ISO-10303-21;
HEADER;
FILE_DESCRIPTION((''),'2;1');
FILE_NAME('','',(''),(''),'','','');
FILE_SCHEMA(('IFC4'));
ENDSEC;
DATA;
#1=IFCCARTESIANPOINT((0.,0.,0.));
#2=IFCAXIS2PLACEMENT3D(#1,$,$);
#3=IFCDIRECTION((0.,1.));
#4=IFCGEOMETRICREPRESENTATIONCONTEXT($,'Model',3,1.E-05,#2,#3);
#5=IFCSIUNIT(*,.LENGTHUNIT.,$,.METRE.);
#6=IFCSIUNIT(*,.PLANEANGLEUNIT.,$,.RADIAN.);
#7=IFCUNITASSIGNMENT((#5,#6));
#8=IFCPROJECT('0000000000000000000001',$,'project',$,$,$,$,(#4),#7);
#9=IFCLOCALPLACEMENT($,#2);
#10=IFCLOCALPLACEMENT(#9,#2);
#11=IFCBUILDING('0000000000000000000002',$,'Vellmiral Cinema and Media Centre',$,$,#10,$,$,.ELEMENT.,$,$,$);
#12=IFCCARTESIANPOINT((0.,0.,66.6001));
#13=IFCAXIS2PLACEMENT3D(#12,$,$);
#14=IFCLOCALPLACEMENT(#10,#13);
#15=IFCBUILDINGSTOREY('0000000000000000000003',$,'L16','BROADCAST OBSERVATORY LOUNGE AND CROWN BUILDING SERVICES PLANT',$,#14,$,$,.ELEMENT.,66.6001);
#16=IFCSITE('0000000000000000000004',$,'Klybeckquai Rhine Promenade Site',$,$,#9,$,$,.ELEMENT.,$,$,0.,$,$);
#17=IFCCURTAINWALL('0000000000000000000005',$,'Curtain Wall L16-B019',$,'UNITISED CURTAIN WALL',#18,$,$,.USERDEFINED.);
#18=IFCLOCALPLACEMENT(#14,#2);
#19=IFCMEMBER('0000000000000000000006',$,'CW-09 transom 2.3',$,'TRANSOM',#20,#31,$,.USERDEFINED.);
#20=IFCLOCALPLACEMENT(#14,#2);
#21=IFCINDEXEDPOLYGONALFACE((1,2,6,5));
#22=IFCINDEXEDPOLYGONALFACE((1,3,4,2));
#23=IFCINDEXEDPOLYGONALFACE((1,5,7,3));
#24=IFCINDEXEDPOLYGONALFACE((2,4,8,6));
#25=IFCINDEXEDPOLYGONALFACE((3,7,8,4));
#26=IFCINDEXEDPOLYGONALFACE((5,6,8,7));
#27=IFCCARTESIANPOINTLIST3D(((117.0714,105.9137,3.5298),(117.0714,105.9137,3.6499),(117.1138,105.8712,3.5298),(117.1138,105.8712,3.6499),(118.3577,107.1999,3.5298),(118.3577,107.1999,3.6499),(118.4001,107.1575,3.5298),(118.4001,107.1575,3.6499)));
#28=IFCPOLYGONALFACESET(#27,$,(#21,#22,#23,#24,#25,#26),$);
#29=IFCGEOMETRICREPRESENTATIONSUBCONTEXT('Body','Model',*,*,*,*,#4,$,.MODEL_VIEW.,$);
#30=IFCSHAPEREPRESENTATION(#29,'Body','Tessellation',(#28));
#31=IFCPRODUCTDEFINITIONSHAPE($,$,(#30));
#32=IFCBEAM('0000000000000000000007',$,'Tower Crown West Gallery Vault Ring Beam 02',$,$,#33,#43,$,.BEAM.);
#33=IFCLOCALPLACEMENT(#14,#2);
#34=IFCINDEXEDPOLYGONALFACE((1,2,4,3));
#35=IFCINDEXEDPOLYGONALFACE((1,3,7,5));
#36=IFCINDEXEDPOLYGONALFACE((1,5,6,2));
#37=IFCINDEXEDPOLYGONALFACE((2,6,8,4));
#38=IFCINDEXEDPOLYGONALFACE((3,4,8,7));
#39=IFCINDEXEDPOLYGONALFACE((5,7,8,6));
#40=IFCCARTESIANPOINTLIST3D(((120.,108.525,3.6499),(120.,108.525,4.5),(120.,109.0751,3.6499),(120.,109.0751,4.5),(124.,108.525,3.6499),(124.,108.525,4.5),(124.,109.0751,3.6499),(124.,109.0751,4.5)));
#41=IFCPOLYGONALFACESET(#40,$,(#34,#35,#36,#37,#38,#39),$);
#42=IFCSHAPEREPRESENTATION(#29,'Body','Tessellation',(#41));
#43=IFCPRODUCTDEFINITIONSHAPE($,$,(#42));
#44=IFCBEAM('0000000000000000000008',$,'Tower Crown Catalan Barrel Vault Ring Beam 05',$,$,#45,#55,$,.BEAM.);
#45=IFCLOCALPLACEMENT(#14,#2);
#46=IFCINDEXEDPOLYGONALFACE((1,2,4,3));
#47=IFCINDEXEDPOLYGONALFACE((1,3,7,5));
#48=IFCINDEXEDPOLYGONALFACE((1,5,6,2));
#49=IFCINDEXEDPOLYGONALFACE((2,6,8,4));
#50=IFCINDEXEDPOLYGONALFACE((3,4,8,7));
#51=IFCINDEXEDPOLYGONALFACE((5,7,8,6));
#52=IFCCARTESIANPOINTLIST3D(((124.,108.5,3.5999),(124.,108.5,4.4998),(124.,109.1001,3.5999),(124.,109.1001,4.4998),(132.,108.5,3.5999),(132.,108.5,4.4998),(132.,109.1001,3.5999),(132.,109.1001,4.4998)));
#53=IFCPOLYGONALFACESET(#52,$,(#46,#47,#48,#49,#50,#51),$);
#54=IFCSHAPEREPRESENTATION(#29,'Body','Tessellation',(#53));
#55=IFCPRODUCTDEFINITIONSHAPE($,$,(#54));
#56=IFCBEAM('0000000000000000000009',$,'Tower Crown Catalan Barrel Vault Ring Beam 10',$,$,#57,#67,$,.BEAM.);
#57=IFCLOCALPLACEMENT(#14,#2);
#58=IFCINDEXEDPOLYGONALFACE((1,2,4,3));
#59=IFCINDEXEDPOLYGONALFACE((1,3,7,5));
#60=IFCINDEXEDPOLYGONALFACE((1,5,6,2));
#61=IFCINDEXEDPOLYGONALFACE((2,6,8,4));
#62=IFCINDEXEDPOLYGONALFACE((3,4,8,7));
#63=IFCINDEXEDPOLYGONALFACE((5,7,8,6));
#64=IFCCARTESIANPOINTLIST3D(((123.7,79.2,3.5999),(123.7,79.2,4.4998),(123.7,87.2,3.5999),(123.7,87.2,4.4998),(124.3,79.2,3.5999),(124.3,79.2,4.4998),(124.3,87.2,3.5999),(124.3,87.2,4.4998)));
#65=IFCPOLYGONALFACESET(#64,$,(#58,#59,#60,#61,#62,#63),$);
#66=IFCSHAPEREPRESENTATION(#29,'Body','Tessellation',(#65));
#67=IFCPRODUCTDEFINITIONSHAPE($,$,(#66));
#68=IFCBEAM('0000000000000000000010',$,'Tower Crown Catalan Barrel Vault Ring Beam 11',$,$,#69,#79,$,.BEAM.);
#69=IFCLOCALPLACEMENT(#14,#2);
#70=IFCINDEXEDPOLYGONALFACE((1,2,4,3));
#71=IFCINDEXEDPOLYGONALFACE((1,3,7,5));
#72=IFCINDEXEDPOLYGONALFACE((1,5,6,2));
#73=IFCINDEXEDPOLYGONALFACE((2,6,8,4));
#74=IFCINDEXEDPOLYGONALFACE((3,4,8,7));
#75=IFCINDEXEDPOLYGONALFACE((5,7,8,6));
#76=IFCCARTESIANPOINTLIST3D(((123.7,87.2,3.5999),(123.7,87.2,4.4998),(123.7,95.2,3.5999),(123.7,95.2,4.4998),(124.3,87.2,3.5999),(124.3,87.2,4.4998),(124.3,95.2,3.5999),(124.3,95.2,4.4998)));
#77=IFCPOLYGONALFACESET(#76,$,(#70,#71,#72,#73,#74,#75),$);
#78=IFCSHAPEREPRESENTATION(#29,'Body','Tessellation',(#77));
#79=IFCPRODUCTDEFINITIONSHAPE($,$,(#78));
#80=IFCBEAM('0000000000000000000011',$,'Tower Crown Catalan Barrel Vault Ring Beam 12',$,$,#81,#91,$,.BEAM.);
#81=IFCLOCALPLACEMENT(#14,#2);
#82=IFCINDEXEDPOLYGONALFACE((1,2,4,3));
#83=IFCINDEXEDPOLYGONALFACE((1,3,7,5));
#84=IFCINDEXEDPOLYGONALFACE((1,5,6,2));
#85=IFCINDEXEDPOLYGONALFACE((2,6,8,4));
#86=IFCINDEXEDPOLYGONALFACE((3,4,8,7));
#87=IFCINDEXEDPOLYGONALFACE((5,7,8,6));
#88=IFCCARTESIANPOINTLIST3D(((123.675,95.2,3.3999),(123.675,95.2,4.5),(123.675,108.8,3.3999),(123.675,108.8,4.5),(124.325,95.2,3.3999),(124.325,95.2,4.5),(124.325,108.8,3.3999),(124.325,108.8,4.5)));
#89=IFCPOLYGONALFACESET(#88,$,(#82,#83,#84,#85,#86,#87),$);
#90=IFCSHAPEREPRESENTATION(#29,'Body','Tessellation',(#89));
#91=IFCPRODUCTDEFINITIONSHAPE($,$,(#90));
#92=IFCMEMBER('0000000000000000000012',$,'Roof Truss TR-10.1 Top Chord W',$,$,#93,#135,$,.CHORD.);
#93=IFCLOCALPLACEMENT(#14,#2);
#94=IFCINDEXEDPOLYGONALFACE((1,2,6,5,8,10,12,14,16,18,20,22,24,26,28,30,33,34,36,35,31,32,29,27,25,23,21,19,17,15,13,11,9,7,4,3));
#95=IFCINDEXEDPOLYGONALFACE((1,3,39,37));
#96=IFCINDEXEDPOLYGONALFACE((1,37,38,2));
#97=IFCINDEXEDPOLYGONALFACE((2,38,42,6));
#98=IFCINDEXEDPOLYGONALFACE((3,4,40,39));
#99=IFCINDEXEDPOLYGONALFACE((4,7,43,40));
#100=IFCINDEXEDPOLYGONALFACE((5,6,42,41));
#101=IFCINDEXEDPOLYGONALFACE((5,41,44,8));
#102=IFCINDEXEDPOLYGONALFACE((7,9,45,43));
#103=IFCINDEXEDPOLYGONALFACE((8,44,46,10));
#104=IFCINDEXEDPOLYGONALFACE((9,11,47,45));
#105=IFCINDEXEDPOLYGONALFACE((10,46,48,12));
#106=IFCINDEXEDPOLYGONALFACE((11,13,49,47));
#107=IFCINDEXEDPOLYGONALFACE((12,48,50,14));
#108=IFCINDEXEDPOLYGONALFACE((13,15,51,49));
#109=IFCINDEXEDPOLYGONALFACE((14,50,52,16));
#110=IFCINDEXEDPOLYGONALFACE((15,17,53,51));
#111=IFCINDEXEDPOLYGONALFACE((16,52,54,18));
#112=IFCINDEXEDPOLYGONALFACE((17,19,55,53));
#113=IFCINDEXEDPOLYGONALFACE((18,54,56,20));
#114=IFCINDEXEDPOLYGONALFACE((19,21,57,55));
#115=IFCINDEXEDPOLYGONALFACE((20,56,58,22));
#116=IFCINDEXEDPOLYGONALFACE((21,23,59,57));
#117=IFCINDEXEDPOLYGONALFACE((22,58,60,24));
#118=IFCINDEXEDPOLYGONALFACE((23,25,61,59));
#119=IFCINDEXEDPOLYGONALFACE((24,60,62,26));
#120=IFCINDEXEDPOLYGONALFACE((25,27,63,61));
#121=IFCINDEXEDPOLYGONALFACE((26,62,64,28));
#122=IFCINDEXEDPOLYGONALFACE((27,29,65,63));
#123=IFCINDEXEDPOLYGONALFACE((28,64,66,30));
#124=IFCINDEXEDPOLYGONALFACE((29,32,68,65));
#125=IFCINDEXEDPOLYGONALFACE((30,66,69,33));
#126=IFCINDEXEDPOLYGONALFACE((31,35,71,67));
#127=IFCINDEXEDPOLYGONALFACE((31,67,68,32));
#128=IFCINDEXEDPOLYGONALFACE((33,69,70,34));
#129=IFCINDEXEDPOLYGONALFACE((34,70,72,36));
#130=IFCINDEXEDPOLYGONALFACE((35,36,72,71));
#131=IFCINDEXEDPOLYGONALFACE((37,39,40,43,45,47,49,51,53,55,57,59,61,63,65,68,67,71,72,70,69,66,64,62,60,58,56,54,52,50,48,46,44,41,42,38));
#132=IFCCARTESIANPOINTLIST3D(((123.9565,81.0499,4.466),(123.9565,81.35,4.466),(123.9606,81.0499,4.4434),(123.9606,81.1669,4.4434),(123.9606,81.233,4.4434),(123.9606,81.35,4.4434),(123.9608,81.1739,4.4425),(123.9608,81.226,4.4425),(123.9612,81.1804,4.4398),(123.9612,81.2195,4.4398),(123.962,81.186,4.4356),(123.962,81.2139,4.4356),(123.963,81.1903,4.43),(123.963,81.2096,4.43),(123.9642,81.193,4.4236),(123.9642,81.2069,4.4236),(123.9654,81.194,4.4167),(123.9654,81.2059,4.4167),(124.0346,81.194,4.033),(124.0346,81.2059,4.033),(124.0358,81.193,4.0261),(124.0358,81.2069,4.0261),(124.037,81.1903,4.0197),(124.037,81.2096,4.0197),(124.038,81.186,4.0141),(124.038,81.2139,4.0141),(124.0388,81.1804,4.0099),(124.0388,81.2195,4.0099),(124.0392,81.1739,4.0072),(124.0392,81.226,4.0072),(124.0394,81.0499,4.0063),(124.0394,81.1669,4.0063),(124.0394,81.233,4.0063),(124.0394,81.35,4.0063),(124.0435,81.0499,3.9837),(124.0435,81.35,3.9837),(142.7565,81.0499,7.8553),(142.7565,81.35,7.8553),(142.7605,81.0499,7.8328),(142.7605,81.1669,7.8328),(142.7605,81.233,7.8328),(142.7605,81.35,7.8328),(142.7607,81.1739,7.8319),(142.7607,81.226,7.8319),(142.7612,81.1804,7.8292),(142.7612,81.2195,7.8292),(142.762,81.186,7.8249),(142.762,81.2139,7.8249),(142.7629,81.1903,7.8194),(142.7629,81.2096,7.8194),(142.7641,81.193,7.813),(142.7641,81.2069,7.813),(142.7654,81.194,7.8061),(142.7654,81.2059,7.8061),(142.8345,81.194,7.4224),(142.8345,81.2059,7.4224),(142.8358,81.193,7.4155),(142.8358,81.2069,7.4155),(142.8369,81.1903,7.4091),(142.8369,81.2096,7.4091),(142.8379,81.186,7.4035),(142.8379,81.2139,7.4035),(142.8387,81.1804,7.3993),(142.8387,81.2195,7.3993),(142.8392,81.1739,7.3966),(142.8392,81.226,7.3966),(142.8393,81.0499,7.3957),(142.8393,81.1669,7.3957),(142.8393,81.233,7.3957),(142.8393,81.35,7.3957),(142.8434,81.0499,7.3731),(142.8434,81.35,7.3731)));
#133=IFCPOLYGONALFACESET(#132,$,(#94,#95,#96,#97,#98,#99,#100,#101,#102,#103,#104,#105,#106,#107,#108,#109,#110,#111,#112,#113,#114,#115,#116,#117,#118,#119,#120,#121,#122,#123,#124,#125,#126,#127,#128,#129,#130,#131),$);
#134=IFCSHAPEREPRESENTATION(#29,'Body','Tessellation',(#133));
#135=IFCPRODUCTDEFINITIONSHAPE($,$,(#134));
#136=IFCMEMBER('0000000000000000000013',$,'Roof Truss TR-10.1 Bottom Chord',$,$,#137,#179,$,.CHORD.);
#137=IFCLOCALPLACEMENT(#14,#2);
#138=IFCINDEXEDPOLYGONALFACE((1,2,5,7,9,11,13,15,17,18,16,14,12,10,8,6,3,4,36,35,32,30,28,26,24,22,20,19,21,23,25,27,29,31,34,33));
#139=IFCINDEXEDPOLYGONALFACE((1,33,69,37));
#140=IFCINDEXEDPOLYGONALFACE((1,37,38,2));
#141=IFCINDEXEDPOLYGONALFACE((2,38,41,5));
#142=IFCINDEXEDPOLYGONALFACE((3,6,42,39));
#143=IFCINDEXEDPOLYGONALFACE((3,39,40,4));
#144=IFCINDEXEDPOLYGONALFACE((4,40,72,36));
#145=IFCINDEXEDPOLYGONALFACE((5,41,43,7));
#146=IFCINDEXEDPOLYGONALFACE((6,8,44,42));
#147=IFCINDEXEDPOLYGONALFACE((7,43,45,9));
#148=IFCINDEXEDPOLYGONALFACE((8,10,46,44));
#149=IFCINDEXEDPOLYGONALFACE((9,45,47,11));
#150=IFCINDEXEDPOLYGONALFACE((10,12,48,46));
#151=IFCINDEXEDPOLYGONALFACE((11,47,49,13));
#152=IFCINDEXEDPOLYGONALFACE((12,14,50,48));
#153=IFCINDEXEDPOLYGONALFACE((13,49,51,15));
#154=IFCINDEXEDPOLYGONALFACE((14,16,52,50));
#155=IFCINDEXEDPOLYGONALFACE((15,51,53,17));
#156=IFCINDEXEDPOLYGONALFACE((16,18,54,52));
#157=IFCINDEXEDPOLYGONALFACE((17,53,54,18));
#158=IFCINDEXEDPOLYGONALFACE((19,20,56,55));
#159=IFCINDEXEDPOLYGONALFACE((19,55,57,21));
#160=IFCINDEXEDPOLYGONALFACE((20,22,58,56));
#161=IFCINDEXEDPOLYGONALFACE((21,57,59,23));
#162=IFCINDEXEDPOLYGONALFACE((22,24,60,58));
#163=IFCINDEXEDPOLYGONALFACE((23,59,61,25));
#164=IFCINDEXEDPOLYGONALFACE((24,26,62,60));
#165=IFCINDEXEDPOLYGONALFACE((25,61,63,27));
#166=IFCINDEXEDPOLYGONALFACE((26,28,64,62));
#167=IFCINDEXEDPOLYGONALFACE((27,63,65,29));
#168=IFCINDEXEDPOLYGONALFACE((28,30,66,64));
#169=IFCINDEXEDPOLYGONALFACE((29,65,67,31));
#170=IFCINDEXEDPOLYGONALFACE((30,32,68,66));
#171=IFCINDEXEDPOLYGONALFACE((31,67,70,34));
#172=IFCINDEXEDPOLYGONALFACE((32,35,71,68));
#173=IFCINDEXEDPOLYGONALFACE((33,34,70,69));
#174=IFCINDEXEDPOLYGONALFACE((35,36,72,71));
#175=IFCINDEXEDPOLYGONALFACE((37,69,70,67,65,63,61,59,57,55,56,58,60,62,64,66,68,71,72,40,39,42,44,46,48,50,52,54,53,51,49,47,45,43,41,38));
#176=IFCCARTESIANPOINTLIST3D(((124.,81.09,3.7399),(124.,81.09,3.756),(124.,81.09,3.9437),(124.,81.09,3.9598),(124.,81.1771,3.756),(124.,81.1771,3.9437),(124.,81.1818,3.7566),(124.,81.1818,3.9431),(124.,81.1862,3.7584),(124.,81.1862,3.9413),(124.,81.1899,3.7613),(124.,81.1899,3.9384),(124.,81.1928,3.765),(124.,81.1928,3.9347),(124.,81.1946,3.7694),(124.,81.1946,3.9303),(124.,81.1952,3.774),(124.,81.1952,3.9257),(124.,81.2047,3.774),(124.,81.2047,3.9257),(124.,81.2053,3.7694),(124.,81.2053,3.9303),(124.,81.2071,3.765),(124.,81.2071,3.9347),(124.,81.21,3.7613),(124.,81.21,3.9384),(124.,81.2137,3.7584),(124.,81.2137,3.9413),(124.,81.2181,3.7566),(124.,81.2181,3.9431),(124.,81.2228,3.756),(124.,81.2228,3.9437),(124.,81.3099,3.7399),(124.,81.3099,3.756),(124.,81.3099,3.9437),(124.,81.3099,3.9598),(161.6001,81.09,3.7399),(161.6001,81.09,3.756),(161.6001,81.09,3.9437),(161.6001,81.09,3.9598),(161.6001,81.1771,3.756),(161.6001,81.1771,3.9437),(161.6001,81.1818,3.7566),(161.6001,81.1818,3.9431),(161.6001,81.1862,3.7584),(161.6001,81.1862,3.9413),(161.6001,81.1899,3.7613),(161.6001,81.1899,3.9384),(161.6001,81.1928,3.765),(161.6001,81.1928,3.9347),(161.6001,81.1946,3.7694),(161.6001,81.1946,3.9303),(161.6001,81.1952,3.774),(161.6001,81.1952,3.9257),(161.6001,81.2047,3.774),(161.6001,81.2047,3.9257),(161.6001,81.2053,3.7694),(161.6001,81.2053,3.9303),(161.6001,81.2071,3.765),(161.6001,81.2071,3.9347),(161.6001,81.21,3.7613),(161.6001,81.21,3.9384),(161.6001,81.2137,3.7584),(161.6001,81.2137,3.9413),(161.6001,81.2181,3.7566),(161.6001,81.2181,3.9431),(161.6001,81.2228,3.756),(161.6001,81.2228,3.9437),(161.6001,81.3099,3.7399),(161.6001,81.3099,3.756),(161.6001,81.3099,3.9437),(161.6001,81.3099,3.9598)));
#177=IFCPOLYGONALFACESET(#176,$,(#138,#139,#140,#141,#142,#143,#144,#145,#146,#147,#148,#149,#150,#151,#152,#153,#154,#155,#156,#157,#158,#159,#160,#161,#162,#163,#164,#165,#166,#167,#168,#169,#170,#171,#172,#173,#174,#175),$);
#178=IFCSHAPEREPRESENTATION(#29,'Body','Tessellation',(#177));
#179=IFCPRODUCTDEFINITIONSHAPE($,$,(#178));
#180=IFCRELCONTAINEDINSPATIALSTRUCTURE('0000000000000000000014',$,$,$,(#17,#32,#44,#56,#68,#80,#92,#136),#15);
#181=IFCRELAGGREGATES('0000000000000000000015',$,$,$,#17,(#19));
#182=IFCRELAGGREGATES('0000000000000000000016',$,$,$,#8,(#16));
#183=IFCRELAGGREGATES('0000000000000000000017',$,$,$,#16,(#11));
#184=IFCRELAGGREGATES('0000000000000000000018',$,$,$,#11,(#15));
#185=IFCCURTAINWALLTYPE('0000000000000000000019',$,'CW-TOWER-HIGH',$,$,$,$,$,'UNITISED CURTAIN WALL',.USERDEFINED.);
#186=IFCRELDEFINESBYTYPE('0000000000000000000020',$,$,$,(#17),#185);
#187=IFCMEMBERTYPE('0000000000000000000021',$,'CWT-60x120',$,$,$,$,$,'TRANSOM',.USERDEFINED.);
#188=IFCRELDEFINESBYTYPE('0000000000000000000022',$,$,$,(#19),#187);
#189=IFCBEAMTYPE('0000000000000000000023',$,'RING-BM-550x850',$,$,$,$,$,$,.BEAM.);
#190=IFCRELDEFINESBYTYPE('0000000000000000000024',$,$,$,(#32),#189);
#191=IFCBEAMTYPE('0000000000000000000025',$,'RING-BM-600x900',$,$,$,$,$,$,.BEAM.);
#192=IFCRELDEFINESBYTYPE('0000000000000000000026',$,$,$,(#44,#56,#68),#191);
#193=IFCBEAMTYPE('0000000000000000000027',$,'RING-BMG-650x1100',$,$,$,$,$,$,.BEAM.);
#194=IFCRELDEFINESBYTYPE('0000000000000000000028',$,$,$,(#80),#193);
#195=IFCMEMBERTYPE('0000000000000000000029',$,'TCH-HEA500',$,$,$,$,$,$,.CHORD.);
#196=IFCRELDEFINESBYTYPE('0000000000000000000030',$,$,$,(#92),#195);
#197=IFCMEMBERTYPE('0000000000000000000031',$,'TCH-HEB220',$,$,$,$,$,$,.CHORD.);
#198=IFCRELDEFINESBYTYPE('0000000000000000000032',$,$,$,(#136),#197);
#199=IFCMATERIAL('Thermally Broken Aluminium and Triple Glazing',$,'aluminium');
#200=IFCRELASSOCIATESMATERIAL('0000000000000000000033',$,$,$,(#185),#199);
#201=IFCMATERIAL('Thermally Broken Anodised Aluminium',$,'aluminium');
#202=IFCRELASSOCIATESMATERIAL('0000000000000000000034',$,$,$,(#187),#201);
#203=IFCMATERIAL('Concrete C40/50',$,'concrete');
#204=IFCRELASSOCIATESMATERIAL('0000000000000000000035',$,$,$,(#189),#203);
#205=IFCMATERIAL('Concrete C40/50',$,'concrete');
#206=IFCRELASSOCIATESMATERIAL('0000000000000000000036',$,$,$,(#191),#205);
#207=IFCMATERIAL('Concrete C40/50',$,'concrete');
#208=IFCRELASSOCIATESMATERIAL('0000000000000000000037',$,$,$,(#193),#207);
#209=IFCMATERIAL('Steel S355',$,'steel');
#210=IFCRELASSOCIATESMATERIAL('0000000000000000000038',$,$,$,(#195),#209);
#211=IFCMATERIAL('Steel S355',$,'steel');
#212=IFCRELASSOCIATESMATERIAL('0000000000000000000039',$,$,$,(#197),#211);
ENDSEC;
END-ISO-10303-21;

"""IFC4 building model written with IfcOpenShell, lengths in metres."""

from ifc_helpers import new_model, si_unit, direction, frame, origin, origin_2d, place, context, subcontext, project, spatial, rectangle, i_section, extrude, material, material_profile, profile_set, type_object, element, aggregate, save


model = new_model("IFC4")

# Units and contexts
model_context = context("Model", 3, precision=1e-05, world=origin(), true_north=direction((0.0, 1.0)))
body_context = subcontext(model_context, "Body", "Model", "MODEL_VIEW")
ifc_project = project(units=[si_unit("LENGTHUNIT", "METRE"), si_unit("PLANEANGLEUNIT", "RADIAN")], contexts=[model_context])

# Site, building, storey
site_placement = place(None, origin())
site = spatial("IfcSite", under=ifc_project, at=site_placement, Name="Klybeckquai Rhine Promenade Site", CompositionType="ELEMENT", RefElevation=0.0)
building_placement = place(site_placement, origin())
building = spatial("IfcBuilding", under=site, at=building_placement, Name="Vellmiral Cinema and Media Centre", CompositionType="ELEMENT")
storey_placement = place(building_placement, frame((0.0, 0.0, 66.6001)))
storey = spatial("IfcBuildingStorey", under=building, at=storey_placement, Name="L16", Description="BROADCAST OBSERVATORY LOUNGE AND CROWN BUILDING SERVICES PLANT", CompositionType="ELEMENT", Elevation=66.6001)

# Curtain wall, member
ifc_material_1 = material(Name="Thermally Broken Aluminium and Triple Glazing", Category="aluminium")
curtain_wall_type = type_object("IfcCurtainWallType", Name="CW-TOWER-HIGH", ElementType="UNITISED CURTAIN WALL", PredefinedType="USERDEFINED", material=ifc_material_1)
curtain_wall_placement = place(storey_placement, origin())
curtain_wall = element("IfcCurtainWall", 1, at=curtain_wall_placement, inside=storey, type_object=curtain_wall_type, Name="Curtain Wall L16-B019", ObjectType="UNITISED CURTAIN WALL", PredefinedType="USERDEFINED")
ifc_material_2 = material(Name="Thermally Broken Anodised Aluminium", Category="aluminium")
ifc_material_profile_1 = material_profile(ifc_material_2, rectangle(XDim=0.0601, YDim=0.1201, at=origin_2d()), Name="MULL 60x120")
ifc_profile_set_1 = profile_set([ifc_material_profile_1], Name="Thermally Broken Anodised Aluminium")
member_type_1 = type_object("IfcMemberType", Name="CWT-60x120", ElementType="TRANSOM", PredefinedType="USERDEFINED", material=ifc_profile_set_1)
member_1_placement = place(storey_placement, frame((118.3789, 107.1787, 3.5898), z_axis=(-0.707107, -0.707107, 0.0), x_axis=(0.707107, -0.707107, 0.0)))
member_1 = element("IfcMember", 2, at=member_1_placement, type_object=member_type_1, Name="CW-09 transom 2.3", ObjectType="TRANSOM", PredefinedType="USERDEFINED", context=body_context, shape_type="SweptSolid", body=[
    extrude(rectangle(XDim=0.0601, YDim=0.1201, at=origin_2d()), origin(), (0.0, 0.0, 1.0), 1.8191),
])

# Beams
ifc_material_3 = material(Name="Concrete C40/50", Category="concrete")
ifc_material_profile_2 = material_profile(ifc_material_3, rectangle(XDim=0.55, YDim=0.8501, at=origin_2d()), Name="RC 550x850")
ifc_profile_set_2 = profile_set([ifc_material_profile_2], Name="Concrete C40/50")
beam_type_1 = type_object("IfcBeamType", Name="RING-BM-550x850", PredefinedType="BEAM", material=ifc_profile_set_2)
beam_1_placement = place(storey_placement, frame((120.0, 108.8, 4.075), z_axis=(1.0, 0.0, 0.0), x_axis=(0.0, 1.0, 0.0)))
element("IfcBeam", 3, at=beam_1_placement, inside=storey, type_object=beam_type_1, Name="Tower Crown West Gallery Vault Ring Beam 02", PredefinedType="BEAM", context=body_context, shape_type="SweptSolid", body=[
    extrude(rectangle(XDim=0.55, YDim=0.8501, at=origin_2d()), origin(), (0.0, 0.0, 1.0), 4.0),
])
ifc_material_4 = material(Name="Concrete C40/50", Category="concrete")
ifc_material_profile_3 = material_profile(ifc_material_4, rectangle(XDim=0.6001, YDim=0.8999, at=origin_2d()), Name="RC 600x900")
ifc_profile_set_3 = profile_set([ifc_material_profile_3], Name="Concrete C40/50")
beam_type_2 = type_object("IfcBeamType", Name="RING-BM-600x900", PredefinedType="BEAM", material=ifc_profile_set_3)
for number, where, z_axis, x_axis, name in (
    (4, (124.0, 108.8, 4.0498), (1.0, 0.0, 0.0), (0.0, 1.0, 0.0), "Tower Crown Catalan Barrel Vault Ring Beam 05"),
    (5, (124.0, 79.2, 4.0498), (0.0, 1.0, 0.0), (-1.0, 0.0, 0.0), "Tower Crown Catalan Barrel Vault Ring Beam 10"),
    (6, (124.0, 87.2, 4.0498), (0.0, 1.0, 0.0), (-1.0, 0.0, 0.0), "Tower Crown Catalan Barrel Vault Ring Beam 11"),
):
    element("IfcBeam", number, at=place(storey_placement, frame(where, z_axis=z_axis, x_axis=x_axis)), inside=storey, type_object=beam_type_2, Name=name, PredefinedType="BEAM", context=body_context, shape_type="SweptSolid", body=[
        extrude(rectangle(XDim=0.6001, YDim=0.8999, at=origin_2d()), origin(), (0.0, 0.0, 1.0), 8.0),
    ])
ifc_material_5 = material(Name="Concrete C40/50", Category="concrete")
ifc_material_profile_4 = material_profile(ifc_material_5, rectangle(XDim=0.6499, YDim=1.1001, at=origin_2d()), Name="RC 650x1100")
ifc_profile_set_4 = profile_set([ifc_material_profile_4], Name="Concrete C40/50")
beam_type_3 = type_object("IfcBeamType", Name="RING-BMG-650x1100", PredefinedType="BEAM", material=ifc_profile_set_4)
beam_2_placement = place(storey_placement, frame((124.0, 95.2, 3.95), z_axis=(0.0, 1.0, 0.0), x_axis=(-1.0, 0.0, 0.0)))
element("IfcBeam", 7, at=beam_2_placement, inside=storey, type_object=beam_type_3, Name="Tower Crown Catalan Barrel Vault Ring Beam 12", PredefinedType="BEAM", context=body_context, shape_type="SweptSolid", body=[
    extrude(rectangle(XDim=0.6499, YDim=1.1001, at=origin_2d()), origin(), (0.0, 0.0, 1.0), 13.6001),
])

# Members
ifc_material_6 = material(Name="Steel S355", Category="steel")
ifc_material_profile_5 = material_profile(ifc_material_6, i_section(OverallWidth=0.3, OverallDepth=0.49, WebThickness=0.012, FlangeThickness=0.0229, FilletRadius=0.0271, at=origin_2d()), Name="HEA 500")
ifc_profile_set_5 = profile_set([ifc_material_profile_5], Name="Steel S355")
member_type_2 = type_object("IfcMemberType", Name="TCH-HEA500", PredefinedType="CHORD", material=ifc_profile_set_5)
member_2_placement = place(storey_placement, frame((124.0, 81.2, 4.2249), z_axis=(0.984134, 0.0, 0.177427), x_axis=(0.0, 1.0, 0.0)))
element("IfcMember", 8, at=member_2_placement, inside=storey, type_object=member_type_2, Name="Roof Truss TR-10.1 Top Chord W", PredefinedType="CHORD", context=body_context, shape_type="SweptSolid", body=[
    extrude(i_section(OverallWidth=0.3, OverallDepth=0.49, WebThickness=0.012, FlangeThickness=0.0229, FilletRadius=0.0271, at=origin_2d()), origin(), (0.0, 0.0, 1.0), 19.103),
])
ifc_material_7 = material(Name="Steel S355", Category="steel")
ifc_material_profile_6 = material_profile(ifc_material_7, i_section(OverallWidth=0.22, OverallDepth=0.22, WebThickness=0.0095, FlangeThickness=0.0161, FilletRadius=0.0181, at=origin_2d()), Name="HEB 220")
ifc_profile_set_6 = profile_set([ifc_material_profile_6], Name="Steel S355")
member_type_3 = type_object("IfcMemberType", Name="TCH-HEB220", PredefinedType="CHORD", material=ifc_profile_set_6)
member_3_placement = place(storey_placement, frame((124.0, 81.2, 3.8499), z_axis=(1.0, 0.0, 0.0), x_axis=(0.0, 1.0, 0.0)))
element("IfcMember", 9, at=member_3_placement, inside=storey, type_object=member_type_3, Name="Roof Truss TR-10.1 Bottom Chord", PredefinedType="CHORD", context=body_context, shape_type="SweptSolid", body=[
    extrude(i_section(OverallWidth=0.22, OverallDepth=0.22, WebThickness=0.0095, FlangeThickness=0.0161, FilletRadius=0.0181, at=origin_2d()), origin(), (0.0, 0.0, 1.0), 37.6001),
])

aggregate(curtain_wall, [member_1])

save(model, "model.ifc")
